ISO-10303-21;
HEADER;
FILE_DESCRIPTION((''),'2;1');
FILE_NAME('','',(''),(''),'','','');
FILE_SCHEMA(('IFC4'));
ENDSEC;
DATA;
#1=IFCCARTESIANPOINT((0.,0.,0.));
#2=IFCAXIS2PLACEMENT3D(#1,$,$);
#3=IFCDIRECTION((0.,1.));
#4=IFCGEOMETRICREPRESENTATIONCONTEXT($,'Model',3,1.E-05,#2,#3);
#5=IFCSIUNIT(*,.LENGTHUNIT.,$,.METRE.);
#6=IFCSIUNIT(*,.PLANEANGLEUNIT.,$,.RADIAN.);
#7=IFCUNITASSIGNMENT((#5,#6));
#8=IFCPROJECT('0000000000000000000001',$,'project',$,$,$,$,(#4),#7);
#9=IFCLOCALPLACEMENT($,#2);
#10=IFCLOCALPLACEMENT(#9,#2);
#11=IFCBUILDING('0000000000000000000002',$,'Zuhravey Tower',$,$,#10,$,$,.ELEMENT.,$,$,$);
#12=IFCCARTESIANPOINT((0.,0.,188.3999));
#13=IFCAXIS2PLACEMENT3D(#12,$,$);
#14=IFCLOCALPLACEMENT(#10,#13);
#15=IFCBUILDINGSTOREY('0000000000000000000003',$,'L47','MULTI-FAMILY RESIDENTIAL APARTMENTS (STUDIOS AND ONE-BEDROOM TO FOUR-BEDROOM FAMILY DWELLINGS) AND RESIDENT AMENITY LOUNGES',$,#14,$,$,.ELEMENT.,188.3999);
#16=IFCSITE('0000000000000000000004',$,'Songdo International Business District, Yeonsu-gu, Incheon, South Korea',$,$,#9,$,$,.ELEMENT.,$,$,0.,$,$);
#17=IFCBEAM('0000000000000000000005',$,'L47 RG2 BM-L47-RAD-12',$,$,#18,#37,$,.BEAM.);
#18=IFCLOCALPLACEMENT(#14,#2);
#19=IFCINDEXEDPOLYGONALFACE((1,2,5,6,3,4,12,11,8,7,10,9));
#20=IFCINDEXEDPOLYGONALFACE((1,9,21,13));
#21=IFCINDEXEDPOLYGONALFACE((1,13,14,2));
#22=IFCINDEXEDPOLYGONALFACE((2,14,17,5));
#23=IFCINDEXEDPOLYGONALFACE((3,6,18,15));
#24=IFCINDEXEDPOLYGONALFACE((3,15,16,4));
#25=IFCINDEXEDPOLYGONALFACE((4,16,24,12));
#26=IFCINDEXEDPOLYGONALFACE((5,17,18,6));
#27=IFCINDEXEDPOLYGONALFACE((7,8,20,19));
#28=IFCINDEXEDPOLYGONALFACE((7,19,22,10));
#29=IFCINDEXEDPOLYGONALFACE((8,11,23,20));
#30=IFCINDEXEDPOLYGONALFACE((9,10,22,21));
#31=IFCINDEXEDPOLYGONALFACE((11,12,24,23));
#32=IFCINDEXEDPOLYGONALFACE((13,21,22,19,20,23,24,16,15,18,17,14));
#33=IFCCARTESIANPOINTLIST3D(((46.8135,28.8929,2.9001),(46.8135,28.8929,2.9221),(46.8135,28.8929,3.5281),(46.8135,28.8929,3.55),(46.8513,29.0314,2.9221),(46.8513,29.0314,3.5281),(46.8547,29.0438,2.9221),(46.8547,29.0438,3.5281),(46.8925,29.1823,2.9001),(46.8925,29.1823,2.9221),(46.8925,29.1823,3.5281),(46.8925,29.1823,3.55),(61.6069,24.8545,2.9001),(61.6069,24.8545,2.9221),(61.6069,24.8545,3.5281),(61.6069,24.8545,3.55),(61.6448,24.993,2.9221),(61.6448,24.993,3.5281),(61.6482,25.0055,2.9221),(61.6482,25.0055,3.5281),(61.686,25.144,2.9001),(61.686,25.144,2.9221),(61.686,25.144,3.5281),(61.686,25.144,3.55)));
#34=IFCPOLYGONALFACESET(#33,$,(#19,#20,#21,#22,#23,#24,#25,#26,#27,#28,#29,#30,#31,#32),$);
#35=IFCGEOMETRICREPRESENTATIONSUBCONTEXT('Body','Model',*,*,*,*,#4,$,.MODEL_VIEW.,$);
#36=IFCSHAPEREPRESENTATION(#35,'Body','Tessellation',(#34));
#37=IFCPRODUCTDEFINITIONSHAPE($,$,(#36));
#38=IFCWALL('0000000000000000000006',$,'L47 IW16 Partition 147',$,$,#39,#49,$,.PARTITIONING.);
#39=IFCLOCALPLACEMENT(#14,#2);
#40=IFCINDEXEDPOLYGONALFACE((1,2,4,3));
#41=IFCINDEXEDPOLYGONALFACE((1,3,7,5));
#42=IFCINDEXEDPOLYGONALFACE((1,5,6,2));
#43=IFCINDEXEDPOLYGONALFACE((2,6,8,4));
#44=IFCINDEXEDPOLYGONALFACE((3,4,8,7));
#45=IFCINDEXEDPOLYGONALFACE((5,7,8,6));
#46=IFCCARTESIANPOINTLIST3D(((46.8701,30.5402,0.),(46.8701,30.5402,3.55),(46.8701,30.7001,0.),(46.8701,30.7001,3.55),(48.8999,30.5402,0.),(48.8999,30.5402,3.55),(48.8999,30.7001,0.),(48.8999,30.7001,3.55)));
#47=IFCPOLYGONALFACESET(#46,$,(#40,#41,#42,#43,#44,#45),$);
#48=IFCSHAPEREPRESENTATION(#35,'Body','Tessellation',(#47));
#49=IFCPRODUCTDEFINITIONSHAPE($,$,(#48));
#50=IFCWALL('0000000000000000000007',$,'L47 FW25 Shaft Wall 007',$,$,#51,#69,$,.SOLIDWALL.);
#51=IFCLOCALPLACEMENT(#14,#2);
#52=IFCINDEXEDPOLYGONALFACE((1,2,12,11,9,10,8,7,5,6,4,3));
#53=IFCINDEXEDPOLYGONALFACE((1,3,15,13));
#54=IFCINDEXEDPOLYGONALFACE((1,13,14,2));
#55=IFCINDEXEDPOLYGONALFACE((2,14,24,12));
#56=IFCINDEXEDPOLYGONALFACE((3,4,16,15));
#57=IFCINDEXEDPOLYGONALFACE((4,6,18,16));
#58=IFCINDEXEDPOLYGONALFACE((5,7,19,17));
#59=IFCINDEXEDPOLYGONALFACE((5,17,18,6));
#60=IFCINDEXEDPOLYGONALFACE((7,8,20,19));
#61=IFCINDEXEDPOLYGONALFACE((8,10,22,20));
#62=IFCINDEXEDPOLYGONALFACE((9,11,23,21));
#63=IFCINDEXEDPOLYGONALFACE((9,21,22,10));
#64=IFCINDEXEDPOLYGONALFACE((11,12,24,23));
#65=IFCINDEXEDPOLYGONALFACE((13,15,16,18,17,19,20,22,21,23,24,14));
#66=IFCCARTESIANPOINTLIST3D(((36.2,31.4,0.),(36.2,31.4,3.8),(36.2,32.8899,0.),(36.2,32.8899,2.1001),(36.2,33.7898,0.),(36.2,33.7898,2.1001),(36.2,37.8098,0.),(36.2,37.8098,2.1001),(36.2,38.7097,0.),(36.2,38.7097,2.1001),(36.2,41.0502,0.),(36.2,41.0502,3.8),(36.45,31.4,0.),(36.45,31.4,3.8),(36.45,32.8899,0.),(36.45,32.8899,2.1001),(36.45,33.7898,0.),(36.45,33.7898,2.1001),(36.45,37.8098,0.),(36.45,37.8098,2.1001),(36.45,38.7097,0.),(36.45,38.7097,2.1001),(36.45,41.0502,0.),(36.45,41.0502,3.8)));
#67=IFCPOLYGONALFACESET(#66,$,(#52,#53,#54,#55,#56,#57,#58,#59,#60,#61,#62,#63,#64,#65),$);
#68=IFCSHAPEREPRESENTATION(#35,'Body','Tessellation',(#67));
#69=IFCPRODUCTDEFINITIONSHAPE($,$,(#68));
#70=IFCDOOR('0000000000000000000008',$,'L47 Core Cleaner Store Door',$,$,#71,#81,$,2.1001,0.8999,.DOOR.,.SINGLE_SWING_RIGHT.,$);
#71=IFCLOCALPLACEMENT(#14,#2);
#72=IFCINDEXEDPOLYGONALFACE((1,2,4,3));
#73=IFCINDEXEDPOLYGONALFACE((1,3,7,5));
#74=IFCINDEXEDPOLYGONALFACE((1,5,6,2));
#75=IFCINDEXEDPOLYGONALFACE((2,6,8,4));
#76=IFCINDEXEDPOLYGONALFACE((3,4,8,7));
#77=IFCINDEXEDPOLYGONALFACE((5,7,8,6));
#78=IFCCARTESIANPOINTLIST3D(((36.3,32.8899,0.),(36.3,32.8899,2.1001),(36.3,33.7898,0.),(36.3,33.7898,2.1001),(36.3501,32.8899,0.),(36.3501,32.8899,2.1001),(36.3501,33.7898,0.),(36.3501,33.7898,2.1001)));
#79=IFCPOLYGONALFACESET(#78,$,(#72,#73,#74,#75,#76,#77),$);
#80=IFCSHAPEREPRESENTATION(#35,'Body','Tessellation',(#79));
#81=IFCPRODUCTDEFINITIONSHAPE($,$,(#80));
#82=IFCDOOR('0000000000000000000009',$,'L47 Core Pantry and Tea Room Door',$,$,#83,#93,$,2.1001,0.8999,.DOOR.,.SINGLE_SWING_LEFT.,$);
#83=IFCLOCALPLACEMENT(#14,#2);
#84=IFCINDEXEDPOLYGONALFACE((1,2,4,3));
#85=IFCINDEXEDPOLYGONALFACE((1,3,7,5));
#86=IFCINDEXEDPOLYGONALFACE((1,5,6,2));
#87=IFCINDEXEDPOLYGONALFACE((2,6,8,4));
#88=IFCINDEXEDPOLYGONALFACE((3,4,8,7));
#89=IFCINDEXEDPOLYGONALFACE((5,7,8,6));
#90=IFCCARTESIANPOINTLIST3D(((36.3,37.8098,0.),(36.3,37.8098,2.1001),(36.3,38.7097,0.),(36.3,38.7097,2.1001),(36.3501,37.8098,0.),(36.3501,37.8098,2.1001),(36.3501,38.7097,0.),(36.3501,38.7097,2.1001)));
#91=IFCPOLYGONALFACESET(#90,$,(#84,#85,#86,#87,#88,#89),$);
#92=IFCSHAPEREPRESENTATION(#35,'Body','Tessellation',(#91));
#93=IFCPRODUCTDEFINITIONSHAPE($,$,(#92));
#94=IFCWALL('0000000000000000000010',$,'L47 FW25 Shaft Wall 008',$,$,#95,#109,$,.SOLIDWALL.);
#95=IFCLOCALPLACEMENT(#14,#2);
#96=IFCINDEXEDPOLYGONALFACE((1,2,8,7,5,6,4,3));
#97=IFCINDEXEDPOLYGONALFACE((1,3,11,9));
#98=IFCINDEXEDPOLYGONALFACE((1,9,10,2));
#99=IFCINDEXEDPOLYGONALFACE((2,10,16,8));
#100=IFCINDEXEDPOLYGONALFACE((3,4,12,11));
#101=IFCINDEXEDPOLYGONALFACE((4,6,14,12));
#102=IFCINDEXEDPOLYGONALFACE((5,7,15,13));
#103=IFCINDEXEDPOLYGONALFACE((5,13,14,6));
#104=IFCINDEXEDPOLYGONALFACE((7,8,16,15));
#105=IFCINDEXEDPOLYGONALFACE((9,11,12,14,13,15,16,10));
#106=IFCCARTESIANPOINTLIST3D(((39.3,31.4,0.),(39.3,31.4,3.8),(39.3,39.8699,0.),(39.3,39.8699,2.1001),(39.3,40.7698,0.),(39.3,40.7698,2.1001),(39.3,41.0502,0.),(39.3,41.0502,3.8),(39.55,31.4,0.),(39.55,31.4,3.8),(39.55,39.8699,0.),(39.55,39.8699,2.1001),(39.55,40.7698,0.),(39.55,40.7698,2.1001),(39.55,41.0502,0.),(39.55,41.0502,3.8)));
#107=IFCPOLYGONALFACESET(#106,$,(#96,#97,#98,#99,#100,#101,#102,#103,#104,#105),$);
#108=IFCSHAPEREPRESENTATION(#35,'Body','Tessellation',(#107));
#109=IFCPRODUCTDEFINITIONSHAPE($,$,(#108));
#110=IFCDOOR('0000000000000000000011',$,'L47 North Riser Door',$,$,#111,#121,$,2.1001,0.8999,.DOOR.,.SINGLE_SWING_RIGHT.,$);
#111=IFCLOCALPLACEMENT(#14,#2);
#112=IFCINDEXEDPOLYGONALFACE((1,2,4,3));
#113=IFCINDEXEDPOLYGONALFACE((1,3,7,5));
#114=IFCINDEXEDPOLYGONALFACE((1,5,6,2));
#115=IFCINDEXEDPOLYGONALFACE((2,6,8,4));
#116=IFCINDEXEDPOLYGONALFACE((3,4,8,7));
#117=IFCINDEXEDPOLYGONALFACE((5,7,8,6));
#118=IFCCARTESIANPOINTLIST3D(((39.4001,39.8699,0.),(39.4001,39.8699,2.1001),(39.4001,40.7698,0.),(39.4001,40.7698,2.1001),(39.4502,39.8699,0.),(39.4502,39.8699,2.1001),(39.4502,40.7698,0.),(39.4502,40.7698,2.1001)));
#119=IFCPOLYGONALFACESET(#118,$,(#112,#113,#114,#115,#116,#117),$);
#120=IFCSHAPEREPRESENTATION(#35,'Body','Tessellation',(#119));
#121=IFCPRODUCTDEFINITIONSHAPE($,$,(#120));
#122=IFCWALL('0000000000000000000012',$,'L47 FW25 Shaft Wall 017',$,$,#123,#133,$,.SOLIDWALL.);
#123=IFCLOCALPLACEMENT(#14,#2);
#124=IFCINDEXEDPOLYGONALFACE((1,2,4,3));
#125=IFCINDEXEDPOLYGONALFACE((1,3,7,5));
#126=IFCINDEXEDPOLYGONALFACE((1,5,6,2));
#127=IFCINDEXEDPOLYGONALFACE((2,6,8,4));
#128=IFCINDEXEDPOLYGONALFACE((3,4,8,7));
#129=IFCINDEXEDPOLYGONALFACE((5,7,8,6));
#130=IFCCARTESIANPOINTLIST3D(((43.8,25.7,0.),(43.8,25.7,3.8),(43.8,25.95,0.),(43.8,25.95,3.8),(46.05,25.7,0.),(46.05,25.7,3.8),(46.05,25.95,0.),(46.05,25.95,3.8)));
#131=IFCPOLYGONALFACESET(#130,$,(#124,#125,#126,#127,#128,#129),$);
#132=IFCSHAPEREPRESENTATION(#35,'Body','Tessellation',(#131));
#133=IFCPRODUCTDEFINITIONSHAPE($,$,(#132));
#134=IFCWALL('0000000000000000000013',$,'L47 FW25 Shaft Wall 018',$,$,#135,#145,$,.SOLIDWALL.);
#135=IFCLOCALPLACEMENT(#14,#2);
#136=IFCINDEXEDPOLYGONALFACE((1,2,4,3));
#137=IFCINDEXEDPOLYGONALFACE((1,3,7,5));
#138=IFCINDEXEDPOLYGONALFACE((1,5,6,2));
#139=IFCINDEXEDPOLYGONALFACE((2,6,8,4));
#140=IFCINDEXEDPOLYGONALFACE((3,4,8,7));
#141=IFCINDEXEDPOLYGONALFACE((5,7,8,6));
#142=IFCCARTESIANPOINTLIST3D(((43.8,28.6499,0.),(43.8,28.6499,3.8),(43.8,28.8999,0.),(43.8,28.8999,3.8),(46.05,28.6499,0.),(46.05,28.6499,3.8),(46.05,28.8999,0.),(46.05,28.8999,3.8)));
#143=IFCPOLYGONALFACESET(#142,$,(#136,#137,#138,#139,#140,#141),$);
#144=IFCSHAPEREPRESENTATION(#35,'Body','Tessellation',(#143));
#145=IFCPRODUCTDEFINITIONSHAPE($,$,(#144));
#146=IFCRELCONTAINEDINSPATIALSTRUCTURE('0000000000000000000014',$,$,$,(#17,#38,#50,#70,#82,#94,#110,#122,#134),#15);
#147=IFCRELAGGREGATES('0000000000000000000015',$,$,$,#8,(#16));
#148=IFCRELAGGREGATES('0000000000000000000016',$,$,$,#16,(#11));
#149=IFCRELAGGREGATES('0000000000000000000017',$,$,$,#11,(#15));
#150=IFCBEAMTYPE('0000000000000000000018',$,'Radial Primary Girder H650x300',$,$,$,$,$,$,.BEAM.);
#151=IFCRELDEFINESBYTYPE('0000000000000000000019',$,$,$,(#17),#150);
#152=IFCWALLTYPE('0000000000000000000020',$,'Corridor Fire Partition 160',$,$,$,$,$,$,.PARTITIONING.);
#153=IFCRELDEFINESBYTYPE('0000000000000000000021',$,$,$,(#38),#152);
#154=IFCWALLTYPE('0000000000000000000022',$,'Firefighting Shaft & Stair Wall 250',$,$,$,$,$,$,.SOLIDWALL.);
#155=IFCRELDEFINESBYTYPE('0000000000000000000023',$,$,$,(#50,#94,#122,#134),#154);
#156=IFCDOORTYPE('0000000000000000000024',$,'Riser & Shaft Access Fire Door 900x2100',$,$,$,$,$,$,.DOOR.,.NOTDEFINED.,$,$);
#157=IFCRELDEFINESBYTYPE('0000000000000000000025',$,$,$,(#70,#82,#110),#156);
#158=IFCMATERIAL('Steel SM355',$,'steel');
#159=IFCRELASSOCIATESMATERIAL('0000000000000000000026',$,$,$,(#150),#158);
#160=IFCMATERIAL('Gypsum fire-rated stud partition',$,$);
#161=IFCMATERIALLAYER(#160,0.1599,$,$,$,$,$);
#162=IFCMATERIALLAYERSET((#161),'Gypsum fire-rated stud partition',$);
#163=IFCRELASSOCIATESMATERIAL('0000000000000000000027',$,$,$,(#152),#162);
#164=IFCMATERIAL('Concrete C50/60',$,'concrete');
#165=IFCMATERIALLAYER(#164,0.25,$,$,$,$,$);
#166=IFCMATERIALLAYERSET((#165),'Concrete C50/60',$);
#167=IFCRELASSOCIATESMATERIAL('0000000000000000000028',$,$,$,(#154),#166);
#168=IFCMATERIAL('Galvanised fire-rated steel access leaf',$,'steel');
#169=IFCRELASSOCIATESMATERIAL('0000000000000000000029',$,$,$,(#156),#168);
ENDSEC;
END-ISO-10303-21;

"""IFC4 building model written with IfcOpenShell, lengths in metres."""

from ifc_helpers import new_model, si_unit, direction, frame, frame_2d, origin, origin_2d, place, context, subcontext, project, spatial, rectangle, i_section, extrude, material, layer, layer_set, material_profile, profile_set, type_object, element, fill, save


model = new_model("IFC4")

# Units and contexts
model_context = context("Model", 3, precision=1e-05, world=origin(), true_north=direction((0.0, 1.0)))
body_context = subcontext(model_context, "Body", "Model", "MODEL_VIEW")
ifc_project = project(units=[si_unit("LENGTHUNIT", "METRE"), si_unit("PLANEANGLEUNIT", "RADIAN")], contexts=[model_context])

# Site, building, storey
site_placement = place(None, origin())
site = spatial("IfcSite", under=ifc_project, at=site_placement, Name="Songdo International Business District, Yeonsu-gu, Incheon, South Korea", CompositionType="ELEMENT", RefElevation=0.0)
building_placement = place(site_placement, origin())
building = spatial("IfcBuilding", under=site, at=building_placement, Name="Zuhravey Tower", CompositionType="ELEMENT")
storey_placement = place(building_placement, frame((0.0, 0.0, 188.3999)))
storey = spatial("IfcBuildingStorey", under=building, at=storey_placement, Name="L47", Description="MULTI-FAMILY RESIDENTIAL APARTMENTS (STUDIOS AND ONE-BEDROOM TO FOUR-BEDROOM FAMILY DWELLINGS) AND RESIDENT AMENITY LOUNGES", CompositionType="ELEMENT", Elevation=188.3999)

# Beam
ifc_material_1 = material(Name="Steel SM355", Category="steel")
ifc_material_profile = material_profile(ifc_material_1, i_section(OverallWidth=0.3, OverallDepth=0.6499, WebThickness=0.0129, FlangeThickness=0.022, at=origin_2d()), Name="H-650x300x13x22")
ifc_profile_set = profile_set([ifc_material_profile], Name="Steel SM355")
beam_type = type_object("IfcBeamType", Name="Radial Primary Girder H650x300", PredefinedType="BEAM", material=ifc_profile_set)
beam_placement = place(storey_placement, frame((46.853, 29.0376, 3.2251), z_axis=(0.964702, -0.263345, 0.0), x_axis=(0.263345, 0.964702, 0.0)))
element("IfcBeam", 1, at=beam_placement, inside=storey, type_object=beam_type, Name="L47 RG2 BM-L47-RAD-12", PredefinedType="BEAM", context=body_context, shape_type="SweptSolid", body=[
    extrude(i_section(OverallWidth=0.3, OverallDepth=0.6499, WebThickness=0.0129, FlangeThickness=0.022, at=origin_2d()), origin(), (0.0, 0.0, 1.0), 15.3347),
])

# Wall
ifc_material_2 = material(Name="Gypsum fire-rated stud partition")
ifc_layer_1 = layer(ifc_material_2, 0.1599)
ifc_layer_set_1 = layer_set([ifc_layer_1], Name="Gypsum fire-rated stud partition")
wall_type_1 = type_object("IfcWallType", Name="Corridor Fire Partition 160", PredefinedType="PARTITIONING", material=ifc_layer_set_1)
wall_1_placement = place(storey_placement, frame((46.8701, 30.6201, 0.0), z_axis=(0.0, 0.0, 1.0), x_axis=(1.0, 0.0, 0.0)))
element("IfcWall", 2, at=wall_1_placement, inside=storey, type_object=wall_type_1, Name="L47 IW16 Partition 147", PredefinedType="PARTITIONING", context=body_context, shape_type="SweptSolid", body=[
    extrude(rectangle(XDim=2.0298, YDim=0.1599, at=frame_2d((1.0149, 0.0))), origin(), (0.0, 0.0, 1.0), 3.55),
])

# Wall, openings, doors
ifc_material_3 = material(Name="Concrete C50/60", Category="concrete")
ifc_layer_2 = layer(ifc_material_3, 0.25)
ifc_layer_set_2 = layer_set([ifc_layer_2], Name="Concrete C50/60")
wall_type_2 = type_object("IfcWallType", Name="Firefighting Shaft & Stair Wall 250", PredefinedType="SOLIDWALL", material=ifc_layer_set_2)
wall_2_placement = place(storey_placement, frame((36.325, 31.3999, 0.0), z_axis=(0.0, 0.0, 1.0), x_axis=(0.0, 1.0, 0.0)))
wall_2 = element("IfcWall", 3, at=wall_2_placement, inside=storey, type_object=wall_type_2, Name="L47 FW25 Shaft Wall 007", PredefinedType="SOLIDWALL", context=body_context, shape_type="SweptSolid", body=[
    extrude(rectangle(XDim=9.6501, YDim=0.25, at=frame_2d((4.8252, 0.0))), origin(), (0.0, 0.0, 1.0), 3.8),
])
opening_1_placement = place(wall_2_placement, frame((1.49, 0.0, 0.0)))
opening_1 = element("IfcOpeningElement", 4, at=opening_1_placement, cuts=wall_2, PredefinedType="OPENING", context=body_context, shape_type="SweptSolid", body=[
    extrude(rectangle(XDim=0.8999, YDim=2.1001, at=frame_2d((0.45, 1.05))), frame((0.0, 0.137, 0.0), z_axis=(0.0, -1.0, 0.0), x_axis=(1.0, 0.0, 0.0)), (0.0, 0.0, 1.0), 0.2739),
])
opening_2_placement = place(wall_2_placement, frame((6.4099, 0.0, 0.0)))
opening_2 = element("IfcOpeningElement", 5, at=opening_2_placement, cuts=wall_2, PredefinedType="OPENING", context=body_context, shape_type="SweptSolid", body=[
    extrude(rectangle(XDim=0.8999, YDim=2.1001, at=frame_2d((0.45, 1.05))), frame((0.0, 0.137, 0.0), z_axis=(0.0, -1.0, 0.0), x_axis=(1.0, 0.0, 0.0)), (0.0, 0.0, 1.0), 0.2739),
])
ifc_material_4 = material(Name="Galvanised fire-rated steel access leaf", Category="steel")
door_type_1 = type_object("IfcDoorType", Name="Riser & Shaft Access Fire Door 900x2100", OperationType="NOTDEFINED", PredefinedType="DOOR", material=ifc_material_4)
door_1_placement = place(opening_1_placement, origin())
door_1 = element("IfcDoor", 6, at=door_1_placement, inside=storey, type_object=door_type_1, Name="L47 Core Cleaner Store Door", OperationType="SINGLE_SWING_RIGHT", OverallHeight=2.1001, OverallWidth=0.8999, PredefinedType="DOOR", context=body_context, shape_type="SweptSolid", body=[
    extrude(rectangle(XDim=0.8999, YDim=2.1001, at=frame_2d((0.45, 1.05))), frame((0.0, 0.0249, 0.0), z_axis=(0.0, -1.0, 0.0), x_axis=(1.0, 0.0, 0.0)), (0.0, 0.0, 1.0), 0.05),
])
fill(opening_1, door_1)
door_2_placement = place(opening_2_placement, origin())
door_2 = element("IfcDoor", 7, at=door_2_placement, inside=storey, type_object=door_type_1, Name="L47 Core Pantry and Tea Room Door", OperationType="SINGLE_SWING_LEFT", OverallHeight=2.1001, OverallWidth=0.8999, PredefinedType="DOOR", context=body_context, shape_type="SweptSolid", body=[
    extrude(rectangle(XDim=0.8999, YDim=2.1001, at=frame_2d((0.45, 1.05))), frame((0.0, 0.0249, 0.0), z_axis=(0.0, -1.0, 0.0), x_axis=(1.0, 0.0, 0.0)), (0.0, 0.0, 1.0), 0.05),
])
fill(opening_2, door_2)

# Wall, opening, door
wall_3_placement = place(storey_placement, frame((39.425, 31.3999, 0.0), z_axis=(0.0, 0.0, 1.0), x_axis=(0.0, 1.0, 0.0)))
wall_3 = element("IfcWall", 8, at=wall_3_placement, inside=storey, type_object=wall_type_2, Name="L47 FW25 Shaft Wall 008", PredefinedType="SOLIDWALL", context=body_context, shape_type="SweptSolid", body=[
    extrude(rectangle(XDim=9.6501, YDim=0.25, at=frame_2d((4.8252, 0.0))), origin(), (0.0, 0.0, 1.0), 3.8),
])
opening_3_placement = place(wall_3_placement, frame((8.47, 0.0, 0.0)))
opening_3 = element("IfcOpeningElement", 9, at=opening_3_placement, cuts=wall_3, PredefinedType="OPENING", context=body_context, shape_type="SweptSolid", body=[
    extrude(rectangle(XDim=0.8999, YDim=2.1001, at=frame_2d((0.45, 1.05))), frame((0.0, 0.137, 0.0), z_axis=(0.0, -1.0, 0.0), x_axis=(1.0, 0.0, 0.0)), (0.0, 0.0, 1.0), 0.2739),
])
door_3_placement = place(opening_3_placement, origin())
door_3 = element("IfcDoor", 10, at=door_3_placement, inside=storey, type_object=door_type_1, Name="L47 North Riser Door", OperationType="SINGLE_SWING_RIGHT", OverallHeight=2.1001, OverallWidth=0.8999, PredefinedType="DOOR", context=body_context, shape_type="SweptSolid", body=[
    extrude(rectangle(XDim=0.8999, YDim=2.1001, at=frame_2d((0.45, 1.05))), frame((0.0, 0.0249, 0.0), z_axis=(0.0, -1.0, 0.0), x_axis=(1.0, 0.0, 0.0)), (0.0, 0.0, 1.0), 0.05),
])
fill(opening_3, door_3)

# Walls
for number, where, z_axis, x_axis, name in (
    (11, (43.8, 25.825, 0.0), (0.0, 0.0, 1.0), (1.0, 0.0, 0.0), "L47 FW25 Shaft Wall 017"),
    (12, (43.8, 28.7749, 0.0), (0.0, 0.0, 1.0), (1.0, 0.0, 0.0), "L47 FW25 Shaft Wall 018"),
):
    element("IfcWall", number, at=place(storey_placement, frame(where, z_axis=z_axis, x_axis=x_axis)), inside=storey, type_object=wall_type_2, Name=name, PredefinedType="SOLIDWALL", context=body_context, shape_type="SweptSolid", body=[
        extrude(rectangle(XDim=2.25, YDim=0.25, at=frame_2d((1.125, 0.0))), origin(), (0.0, 0.0, 1.0), 3.8),
    ])

save(model, "model.ifc")
